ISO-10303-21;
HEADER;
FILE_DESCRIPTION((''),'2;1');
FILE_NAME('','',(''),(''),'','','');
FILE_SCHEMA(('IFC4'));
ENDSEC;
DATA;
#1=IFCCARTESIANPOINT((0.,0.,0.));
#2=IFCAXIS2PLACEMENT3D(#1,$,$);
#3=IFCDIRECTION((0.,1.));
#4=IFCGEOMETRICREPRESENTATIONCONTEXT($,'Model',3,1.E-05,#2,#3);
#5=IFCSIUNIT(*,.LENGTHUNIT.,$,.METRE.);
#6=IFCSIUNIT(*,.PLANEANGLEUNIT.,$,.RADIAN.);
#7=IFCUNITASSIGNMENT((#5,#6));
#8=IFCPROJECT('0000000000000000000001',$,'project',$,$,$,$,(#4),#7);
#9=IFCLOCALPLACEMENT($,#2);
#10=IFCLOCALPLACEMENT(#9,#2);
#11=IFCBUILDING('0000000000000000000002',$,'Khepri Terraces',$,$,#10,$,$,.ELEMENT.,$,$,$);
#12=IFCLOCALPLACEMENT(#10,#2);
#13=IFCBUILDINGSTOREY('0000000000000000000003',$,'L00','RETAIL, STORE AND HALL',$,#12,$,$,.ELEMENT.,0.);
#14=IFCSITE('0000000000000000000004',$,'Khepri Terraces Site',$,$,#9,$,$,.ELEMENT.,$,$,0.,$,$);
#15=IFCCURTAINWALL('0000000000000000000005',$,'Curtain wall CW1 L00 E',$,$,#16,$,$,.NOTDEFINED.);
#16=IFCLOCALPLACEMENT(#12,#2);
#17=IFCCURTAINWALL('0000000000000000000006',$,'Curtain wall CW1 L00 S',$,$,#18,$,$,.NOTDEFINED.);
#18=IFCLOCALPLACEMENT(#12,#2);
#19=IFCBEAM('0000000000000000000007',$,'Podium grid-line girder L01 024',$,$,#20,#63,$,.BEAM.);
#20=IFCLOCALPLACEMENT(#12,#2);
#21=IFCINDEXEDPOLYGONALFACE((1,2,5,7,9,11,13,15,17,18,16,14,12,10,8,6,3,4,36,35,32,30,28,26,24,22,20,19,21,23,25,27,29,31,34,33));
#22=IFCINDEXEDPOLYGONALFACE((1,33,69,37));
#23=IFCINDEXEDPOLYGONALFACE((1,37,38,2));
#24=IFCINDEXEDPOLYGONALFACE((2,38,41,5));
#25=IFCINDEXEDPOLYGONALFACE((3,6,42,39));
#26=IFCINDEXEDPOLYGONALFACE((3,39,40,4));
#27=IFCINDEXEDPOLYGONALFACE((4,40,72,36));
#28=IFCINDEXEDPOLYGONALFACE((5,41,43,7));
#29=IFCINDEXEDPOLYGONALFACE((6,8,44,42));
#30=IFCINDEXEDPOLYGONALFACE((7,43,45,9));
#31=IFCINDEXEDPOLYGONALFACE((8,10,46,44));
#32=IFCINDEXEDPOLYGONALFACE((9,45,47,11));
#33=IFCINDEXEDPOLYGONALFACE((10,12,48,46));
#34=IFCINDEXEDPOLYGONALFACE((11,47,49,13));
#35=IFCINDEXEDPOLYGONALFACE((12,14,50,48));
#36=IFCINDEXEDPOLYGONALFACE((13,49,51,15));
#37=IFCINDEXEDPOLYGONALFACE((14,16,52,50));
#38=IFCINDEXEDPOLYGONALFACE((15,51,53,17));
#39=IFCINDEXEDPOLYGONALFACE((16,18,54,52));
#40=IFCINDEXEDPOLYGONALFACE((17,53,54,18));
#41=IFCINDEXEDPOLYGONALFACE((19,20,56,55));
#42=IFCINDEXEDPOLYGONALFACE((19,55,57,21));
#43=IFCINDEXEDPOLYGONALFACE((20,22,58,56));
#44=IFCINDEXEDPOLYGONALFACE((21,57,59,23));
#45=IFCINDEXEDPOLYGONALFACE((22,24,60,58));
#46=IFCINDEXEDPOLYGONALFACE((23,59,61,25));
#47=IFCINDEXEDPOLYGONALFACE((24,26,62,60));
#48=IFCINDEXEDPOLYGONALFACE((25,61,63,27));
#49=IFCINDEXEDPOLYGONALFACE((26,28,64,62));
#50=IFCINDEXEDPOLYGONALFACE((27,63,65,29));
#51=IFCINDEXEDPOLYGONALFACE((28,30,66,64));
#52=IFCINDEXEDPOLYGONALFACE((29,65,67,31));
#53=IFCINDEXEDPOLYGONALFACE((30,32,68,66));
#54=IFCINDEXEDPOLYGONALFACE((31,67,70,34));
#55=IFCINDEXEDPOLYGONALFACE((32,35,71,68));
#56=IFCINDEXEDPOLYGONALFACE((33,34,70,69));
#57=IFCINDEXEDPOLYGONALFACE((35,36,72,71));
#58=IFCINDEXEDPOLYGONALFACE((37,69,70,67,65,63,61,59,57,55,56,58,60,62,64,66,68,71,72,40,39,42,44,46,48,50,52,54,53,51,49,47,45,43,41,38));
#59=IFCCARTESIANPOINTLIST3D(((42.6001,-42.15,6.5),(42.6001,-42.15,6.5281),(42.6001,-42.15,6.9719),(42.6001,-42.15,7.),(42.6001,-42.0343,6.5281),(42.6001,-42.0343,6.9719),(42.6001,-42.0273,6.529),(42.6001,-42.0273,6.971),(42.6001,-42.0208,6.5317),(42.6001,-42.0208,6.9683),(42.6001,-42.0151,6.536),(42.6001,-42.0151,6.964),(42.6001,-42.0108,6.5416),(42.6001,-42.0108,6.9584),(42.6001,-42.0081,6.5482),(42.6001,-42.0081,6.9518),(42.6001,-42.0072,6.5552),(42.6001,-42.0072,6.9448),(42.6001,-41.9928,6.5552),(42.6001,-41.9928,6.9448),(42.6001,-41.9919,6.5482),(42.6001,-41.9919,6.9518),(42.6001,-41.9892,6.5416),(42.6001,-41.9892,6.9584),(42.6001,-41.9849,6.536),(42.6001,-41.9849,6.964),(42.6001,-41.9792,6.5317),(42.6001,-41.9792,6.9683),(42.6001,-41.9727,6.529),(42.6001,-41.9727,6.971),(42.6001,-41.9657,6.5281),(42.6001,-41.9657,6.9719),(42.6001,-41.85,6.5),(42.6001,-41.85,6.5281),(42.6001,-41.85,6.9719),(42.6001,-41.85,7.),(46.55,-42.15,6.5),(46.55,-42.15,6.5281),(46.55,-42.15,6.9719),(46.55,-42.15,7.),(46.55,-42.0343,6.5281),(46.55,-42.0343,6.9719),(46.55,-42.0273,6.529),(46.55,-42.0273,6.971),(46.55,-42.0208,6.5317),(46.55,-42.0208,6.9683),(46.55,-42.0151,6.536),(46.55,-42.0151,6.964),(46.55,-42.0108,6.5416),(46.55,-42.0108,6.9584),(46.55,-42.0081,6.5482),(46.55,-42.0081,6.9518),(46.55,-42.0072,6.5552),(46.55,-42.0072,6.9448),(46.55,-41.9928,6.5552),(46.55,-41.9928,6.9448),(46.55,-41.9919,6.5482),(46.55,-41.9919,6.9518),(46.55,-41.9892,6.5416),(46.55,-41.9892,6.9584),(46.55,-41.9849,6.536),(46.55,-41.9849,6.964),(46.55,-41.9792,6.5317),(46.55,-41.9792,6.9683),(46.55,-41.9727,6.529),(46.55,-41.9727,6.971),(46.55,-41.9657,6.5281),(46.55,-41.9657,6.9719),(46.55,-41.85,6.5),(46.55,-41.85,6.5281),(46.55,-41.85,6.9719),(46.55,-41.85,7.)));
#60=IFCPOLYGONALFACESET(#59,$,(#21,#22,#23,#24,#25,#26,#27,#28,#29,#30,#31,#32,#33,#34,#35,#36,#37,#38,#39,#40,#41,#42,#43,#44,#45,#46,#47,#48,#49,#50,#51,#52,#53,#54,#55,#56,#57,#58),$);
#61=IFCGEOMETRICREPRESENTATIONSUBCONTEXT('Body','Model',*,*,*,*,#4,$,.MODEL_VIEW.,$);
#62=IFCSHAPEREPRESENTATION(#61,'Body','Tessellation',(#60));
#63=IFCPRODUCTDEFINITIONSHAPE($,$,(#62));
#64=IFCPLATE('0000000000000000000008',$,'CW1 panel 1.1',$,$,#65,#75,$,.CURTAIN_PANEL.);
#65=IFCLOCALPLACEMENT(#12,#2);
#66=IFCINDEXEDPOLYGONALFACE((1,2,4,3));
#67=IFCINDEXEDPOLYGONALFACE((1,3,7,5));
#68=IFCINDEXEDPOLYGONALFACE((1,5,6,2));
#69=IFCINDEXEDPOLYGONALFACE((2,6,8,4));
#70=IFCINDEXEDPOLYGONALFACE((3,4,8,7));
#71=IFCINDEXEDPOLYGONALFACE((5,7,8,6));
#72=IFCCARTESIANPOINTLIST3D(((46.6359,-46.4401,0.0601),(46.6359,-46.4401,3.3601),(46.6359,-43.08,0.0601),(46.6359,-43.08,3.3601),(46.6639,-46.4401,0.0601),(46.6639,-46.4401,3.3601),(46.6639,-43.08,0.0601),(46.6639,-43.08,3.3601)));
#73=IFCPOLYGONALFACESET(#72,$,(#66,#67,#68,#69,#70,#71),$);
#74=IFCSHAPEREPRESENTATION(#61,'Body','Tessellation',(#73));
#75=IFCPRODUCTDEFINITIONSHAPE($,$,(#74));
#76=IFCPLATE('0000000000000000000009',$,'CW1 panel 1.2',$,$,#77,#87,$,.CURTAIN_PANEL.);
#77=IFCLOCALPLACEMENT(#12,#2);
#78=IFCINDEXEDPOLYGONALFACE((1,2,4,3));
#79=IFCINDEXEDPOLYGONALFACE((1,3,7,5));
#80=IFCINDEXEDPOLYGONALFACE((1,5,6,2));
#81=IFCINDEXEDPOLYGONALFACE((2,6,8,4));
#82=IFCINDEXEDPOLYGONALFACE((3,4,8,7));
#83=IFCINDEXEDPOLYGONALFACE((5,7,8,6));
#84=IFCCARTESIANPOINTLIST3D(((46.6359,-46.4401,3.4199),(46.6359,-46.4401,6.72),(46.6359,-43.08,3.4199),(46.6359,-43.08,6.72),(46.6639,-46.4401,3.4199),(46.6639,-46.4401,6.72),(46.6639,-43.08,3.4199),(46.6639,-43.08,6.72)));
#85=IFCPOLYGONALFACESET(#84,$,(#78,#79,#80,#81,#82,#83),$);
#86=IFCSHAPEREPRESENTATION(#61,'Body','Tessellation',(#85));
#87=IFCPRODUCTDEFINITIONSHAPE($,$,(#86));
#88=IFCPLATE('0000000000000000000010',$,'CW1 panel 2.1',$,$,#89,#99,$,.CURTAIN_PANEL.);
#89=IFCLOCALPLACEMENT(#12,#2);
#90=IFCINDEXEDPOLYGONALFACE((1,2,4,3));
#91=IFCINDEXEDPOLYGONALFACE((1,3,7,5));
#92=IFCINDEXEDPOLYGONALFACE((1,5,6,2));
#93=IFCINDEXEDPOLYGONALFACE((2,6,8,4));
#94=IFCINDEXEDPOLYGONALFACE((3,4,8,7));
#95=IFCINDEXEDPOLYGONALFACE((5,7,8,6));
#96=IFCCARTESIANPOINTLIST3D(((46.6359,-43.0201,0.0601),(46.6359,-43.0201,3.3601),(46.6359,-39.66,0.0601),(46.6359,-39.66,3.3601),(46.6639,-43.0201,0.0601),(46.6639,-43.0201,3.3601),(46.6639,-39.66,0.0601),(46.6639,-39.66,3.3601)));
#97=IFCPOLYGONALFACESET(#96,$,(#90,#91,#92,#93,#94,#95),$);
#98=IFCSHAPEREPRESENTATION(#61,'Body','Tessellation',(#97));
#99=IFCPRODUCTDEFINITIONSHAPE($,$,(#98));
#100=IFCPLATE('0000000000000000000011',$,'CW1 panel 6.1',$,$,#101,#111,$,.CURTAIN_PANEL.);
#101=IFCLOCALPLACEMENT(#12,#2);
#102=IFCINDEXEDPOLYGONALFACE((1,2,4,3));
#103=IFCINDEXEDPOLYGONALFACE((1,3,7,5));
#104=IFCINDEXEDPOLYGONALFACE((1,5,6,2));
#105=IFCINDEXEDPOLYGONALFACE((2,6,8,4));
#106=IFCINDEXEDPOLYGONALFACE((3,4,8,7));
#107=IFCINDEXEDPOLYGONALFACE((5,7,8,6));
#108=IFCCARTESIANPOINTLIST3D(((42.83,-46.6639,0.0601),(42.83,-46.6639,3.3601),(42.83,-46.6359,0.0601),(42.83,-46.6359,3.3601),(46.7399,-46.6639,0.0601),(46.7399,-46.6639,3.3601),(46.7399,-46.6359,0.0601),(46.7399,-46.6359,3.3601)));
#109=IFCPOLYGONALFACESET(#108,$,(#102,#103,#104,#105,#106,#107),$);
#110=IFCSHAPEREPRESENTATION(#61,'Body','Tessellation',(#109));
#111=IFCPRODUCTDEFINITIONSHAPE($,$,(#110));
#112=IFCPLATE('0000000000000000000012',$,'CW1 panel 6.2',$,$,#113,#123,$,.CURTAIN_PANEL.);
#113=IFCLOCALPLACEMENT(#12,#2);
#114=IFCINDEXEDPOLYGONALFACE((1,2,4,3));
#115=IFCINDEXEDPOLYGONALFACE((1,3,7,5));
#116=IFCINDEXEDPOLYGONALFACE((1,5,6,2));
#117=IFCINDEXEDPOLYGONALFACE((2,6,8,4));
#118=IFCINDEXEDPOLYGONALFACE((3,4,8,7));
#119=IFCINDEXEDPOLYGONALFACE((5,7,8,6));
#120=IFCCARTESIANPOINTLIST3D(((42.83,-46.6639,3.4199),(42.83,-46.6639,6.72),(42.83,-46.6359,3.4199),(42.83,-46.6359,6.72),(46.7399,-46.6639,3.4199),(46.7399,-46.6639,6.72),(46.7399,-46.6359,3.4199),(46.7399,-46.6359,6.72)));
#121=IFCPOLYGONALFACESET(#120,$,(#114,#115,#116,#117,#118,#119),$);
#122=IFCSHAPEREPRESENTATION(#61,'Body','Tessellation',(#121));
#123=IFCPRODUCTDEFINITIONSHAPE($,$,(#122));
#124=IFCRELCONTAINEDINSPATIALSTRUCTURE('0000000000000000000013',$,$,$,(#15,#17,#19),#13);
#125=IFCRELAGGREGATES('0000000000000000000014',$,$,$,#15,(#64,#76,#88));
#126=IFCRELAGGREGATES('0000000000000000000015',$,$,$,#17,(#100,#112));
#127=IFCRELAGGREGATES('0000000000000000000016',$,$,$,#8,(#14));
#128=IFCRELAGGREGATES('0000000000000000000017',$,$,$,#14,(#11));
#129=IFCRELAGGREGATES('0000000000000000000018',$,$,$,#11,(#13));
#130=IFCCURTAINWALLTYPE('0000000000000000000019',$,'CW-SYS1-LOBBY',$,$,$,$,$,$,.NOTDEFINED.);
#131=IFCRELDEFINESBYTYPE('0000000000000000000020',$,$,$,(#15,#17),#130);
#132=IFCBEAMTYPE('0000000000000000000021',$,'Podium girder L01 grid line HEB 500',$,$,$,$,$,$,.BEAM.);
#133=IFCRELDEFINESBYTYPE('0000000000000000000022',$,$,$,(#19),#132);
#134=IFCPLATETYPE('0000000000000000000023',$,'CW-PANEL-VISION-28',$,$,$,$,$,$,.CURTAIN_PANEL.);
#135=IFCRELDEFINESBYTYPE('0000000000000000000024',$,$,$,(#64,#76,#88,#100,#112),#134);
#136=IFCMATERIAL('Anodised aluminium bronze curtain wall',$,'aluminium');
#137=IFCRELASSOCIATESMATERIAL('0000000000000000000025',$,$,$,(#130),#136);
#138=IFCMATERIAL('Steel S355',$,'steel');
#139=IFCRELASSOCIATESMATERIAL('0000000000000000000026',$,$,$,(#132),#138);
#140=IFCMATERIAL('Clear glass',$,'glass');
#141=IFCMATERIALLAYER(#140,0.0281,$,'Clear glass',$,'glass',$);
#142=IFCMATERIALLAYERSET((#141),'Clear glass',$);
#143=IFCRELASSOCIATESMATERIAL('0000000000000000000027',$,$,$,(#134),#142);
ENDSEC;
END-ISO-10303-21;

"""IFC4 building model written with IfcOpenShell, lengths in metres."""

from ifc_helpers import new_model, si_unit, direction, frame, origin, origin_2d, place, context, subcontext, project, spatial, rectangle, i_section, extrude, material, layer, layer_set, material_profile, profile_set, type_object, element, aggregate, save


model = new_model("IFC4")

# Units and contexts
model_context = context("Model", 3, precision=1e-05, world=origin(), true_north=direction((0.0, 1.0)))
body_context = subcontext(model_context, "Body", "Model", "MODEL_VIEW")
ifc_project = project(units=[si_unit("LENGTHUNIT", "METRE"), si_unit("PLANEANGLEUNIT", "RADIAN")], contexts=[model_context])

# Site, building, storey
site_placement = place(None, origin())
site = spatial("IfcSite", under=ifc_project, at=site_placement, Name="Khepri Terraces Site", CompositionType="ELEMENT", RefElevation=0.0)
building_placement = place(site_placement, origin())
building = spatial("IfcBuilding", under=site, at=building_placement, Name="Khepri Terraces", CompositionType="ELEMENT")
storey_placement = place(building_placement, origin())
storey = spatial("IfcBuildingStorey", under=building, at=storey_placement, Name="L00", Description="RETAIL, STORE AND HALL", CompositionType="ELEMENT", Elevation=0.0)

# Curtain walls
ifc_material_1 = material(Name="Anodised aluminium bronze curtain wall", Category="aluminium")
curtain_wall_type = type_object("IfcCurtainWallType", Name="CW-SYS1-LOBBY", PredefinedType="NOTDEFINED", material=ifc_material_1)
curtain_wall_1_placement = place(storey_placement, origin())
curtain_wall_1 = element("IfcCurtainWall", 1, at=curtain_wall_1_placement, inside=storey, type_object=curtain_wall_type, Name="Curtain wall CW1 L00 E", PredefinedType="NOTDEFINED")
curtain_wall_2_placement = place(storey_placement, origin())
curtain_wall_2 = element("IfcCurtainWall", 2, at=curtain_wall_2_placement, inside=storey, type_object=curtain_wall_type, Name="Curtain wall CW1 L00 S", PredefinedType="NOTDEFINED")

# Beam
ifc_material_2 = material(Name="Steel S355", Category="steel")
ifc_material_profile_1 = material_profile(ifc_material_2, i_section(OverallWidth=0.3, OverallDepth=0.5, WebThickness=0.0144, FlangeThickness=0.0281, FilletRadius=0.0271, at=origin_2d()), Name="Steel S355", Category="steel")
ifc_profile_set_1 = profile_set([ifc_material_profile_1], Name="Steel S355")
beam_type_1 = type_object("IfcBeamType", Name="Podium girder L01 grid line HEB 500", PredefinedType="BEAM", material=ifc_profile_set_1)
beam_1_placement = place(storey_placement, frame((42.6001, -42.0, 6.75), z_axis=(1.0, 0.0, 0.0), x_axis=(0.0, 1.0, 0.0)))
element("IfcBeam", 3, at=beam_1_placement, inside=storey, type_object=beam_type_1, Name="Podium grid-line girder L01 024", PredefinedType="BEAM", context=body_context, shape_type="SweptSolid", body=[
    extrude(i_section(OverallWidth=0.3, OverallDepth=0.5, WebThickness=0.0144, FlangeThickness=0.0281, FilletRadius=0.0271, at=origin_2d()), origin(), (0.0, 0.0, 1.0), 3.95),
])

# Plates
ifc_material_3 = material(Name="Clear glass", Category="glass")
ifc_layer = layer(ifc_material_3, 0.0281, Name="Clear glass", Category="glass")
ifc_layer_set = layer_set([ifc_layer], Name="Clear glass")
plate_type = type_object("IfcPlateType", Name="CW-PANEL-VISION-28", PredefinedType="CURTAIN_PANEL", material=ifc_layer_set)
plate_1_placement = place(storey_placement, frame((46.6499, -44.76, 0.0601), z_axis=(0.0, 0.0, 1.0), x_axis=(0.0, 1.0, 0.0)))
plate_1 = element("IfcPlate", 4, at=plate_1_placement, type_object=plate_type, Name="CW1 panel 1.1", PredefinedType="CURTAIN_PANEL", context=body_context, shape_type="SweptSolid", body=[
    extrude(rectangle(XDim=3.3601, YDim=0.0281, at=origin_2d()), origin(), (0.0, 0.0, 1.0), 3.3),
])
plate_2_placement = place(storey_placement, frame((46.6499, -44.76, 3.4199), z_axis=(0.0, 0.0, 1.0), x_axis=(0.0, 1.0, 0.0)))
plate_2 = element("IfcPlate", 5, at=plate_2_placement, type_object=plate_type, Name="CW1 panel 1.2", PredefinedType="CURTAIN_PANEL", context=body_context, shape_type="SweptSolid", body=[
    extrude(rectangle(XDim=3.3601, YDim=0.0281, at=origin_2d()), origin(), (0.0, 0.0, 1.0), 3.3),
])
plate_3_placement = place(storey_placement, frame((46.6499, -41.3401, 0.0601), z_axis=(0.0, 0.0, 1.0), x_axis=(0.0, 1.0, 0.0)))
plate_3 = element("IfcPlate", 6, at=plate_3_placement, type_object=plate_type, Name="CW1 panel 2.1", PredefinedType="CURTAIN_PANEL", context=body_context, shape_type="SweptSolid", body=[
    extrude(rectangle(XDim=3.3601, YDim=0.0281, at=origin_2d()), origin(), (0.0, 0.0, 1.0), 3.3),
])
aggregate(curtain_wall_1, [plate_1, plate_2, plate_3])
plate_4_placement = place(storey_placement, frame((44.7849, -46.6499, 0.0601), z_axis=(0.0, 0.0, 1.0), x_axis=(1.0, 0.0, 0.0)))
plate_4 = element("IfcPlate", 7, at=plate_4_placement, type_object=plate_type, Name="CW1 panel 6.1", PredefinedType="CURTAIN_PANEL", context=body_context, shape_type="SweptSolid", body=[
    extrude(rectangle(XDim=3.9099, YDim=0.0281, at=origin_2d()), origin(), (0.0, 0.0, 1.0), 3.3),
])
plate_5_placement = place(storey_placement, frame((44.7849, -46.6499, 3.4199), z_axis=(0.0, 0.0, 1.0), x_axis=(1.0, 0.0, 0.0)))
plate_5 = element("IfcPlate", 8, at=plate_5_placement, type_object=plate_type, Name="CW1 panel 6.2", PredefinedType="CURTAIN_PANEL", context=body_context, shape_type="SweptSolid", body=[
    extrude(rectangle(XDim=3.9099, YDim=0.0281, at=origin_2d()), origin(), (0.0, 0.0, 1.0), 3.3),
])
aggregate(curtain_wall_2, [plate_4, plate_5])

save(model, "model.ifc")
